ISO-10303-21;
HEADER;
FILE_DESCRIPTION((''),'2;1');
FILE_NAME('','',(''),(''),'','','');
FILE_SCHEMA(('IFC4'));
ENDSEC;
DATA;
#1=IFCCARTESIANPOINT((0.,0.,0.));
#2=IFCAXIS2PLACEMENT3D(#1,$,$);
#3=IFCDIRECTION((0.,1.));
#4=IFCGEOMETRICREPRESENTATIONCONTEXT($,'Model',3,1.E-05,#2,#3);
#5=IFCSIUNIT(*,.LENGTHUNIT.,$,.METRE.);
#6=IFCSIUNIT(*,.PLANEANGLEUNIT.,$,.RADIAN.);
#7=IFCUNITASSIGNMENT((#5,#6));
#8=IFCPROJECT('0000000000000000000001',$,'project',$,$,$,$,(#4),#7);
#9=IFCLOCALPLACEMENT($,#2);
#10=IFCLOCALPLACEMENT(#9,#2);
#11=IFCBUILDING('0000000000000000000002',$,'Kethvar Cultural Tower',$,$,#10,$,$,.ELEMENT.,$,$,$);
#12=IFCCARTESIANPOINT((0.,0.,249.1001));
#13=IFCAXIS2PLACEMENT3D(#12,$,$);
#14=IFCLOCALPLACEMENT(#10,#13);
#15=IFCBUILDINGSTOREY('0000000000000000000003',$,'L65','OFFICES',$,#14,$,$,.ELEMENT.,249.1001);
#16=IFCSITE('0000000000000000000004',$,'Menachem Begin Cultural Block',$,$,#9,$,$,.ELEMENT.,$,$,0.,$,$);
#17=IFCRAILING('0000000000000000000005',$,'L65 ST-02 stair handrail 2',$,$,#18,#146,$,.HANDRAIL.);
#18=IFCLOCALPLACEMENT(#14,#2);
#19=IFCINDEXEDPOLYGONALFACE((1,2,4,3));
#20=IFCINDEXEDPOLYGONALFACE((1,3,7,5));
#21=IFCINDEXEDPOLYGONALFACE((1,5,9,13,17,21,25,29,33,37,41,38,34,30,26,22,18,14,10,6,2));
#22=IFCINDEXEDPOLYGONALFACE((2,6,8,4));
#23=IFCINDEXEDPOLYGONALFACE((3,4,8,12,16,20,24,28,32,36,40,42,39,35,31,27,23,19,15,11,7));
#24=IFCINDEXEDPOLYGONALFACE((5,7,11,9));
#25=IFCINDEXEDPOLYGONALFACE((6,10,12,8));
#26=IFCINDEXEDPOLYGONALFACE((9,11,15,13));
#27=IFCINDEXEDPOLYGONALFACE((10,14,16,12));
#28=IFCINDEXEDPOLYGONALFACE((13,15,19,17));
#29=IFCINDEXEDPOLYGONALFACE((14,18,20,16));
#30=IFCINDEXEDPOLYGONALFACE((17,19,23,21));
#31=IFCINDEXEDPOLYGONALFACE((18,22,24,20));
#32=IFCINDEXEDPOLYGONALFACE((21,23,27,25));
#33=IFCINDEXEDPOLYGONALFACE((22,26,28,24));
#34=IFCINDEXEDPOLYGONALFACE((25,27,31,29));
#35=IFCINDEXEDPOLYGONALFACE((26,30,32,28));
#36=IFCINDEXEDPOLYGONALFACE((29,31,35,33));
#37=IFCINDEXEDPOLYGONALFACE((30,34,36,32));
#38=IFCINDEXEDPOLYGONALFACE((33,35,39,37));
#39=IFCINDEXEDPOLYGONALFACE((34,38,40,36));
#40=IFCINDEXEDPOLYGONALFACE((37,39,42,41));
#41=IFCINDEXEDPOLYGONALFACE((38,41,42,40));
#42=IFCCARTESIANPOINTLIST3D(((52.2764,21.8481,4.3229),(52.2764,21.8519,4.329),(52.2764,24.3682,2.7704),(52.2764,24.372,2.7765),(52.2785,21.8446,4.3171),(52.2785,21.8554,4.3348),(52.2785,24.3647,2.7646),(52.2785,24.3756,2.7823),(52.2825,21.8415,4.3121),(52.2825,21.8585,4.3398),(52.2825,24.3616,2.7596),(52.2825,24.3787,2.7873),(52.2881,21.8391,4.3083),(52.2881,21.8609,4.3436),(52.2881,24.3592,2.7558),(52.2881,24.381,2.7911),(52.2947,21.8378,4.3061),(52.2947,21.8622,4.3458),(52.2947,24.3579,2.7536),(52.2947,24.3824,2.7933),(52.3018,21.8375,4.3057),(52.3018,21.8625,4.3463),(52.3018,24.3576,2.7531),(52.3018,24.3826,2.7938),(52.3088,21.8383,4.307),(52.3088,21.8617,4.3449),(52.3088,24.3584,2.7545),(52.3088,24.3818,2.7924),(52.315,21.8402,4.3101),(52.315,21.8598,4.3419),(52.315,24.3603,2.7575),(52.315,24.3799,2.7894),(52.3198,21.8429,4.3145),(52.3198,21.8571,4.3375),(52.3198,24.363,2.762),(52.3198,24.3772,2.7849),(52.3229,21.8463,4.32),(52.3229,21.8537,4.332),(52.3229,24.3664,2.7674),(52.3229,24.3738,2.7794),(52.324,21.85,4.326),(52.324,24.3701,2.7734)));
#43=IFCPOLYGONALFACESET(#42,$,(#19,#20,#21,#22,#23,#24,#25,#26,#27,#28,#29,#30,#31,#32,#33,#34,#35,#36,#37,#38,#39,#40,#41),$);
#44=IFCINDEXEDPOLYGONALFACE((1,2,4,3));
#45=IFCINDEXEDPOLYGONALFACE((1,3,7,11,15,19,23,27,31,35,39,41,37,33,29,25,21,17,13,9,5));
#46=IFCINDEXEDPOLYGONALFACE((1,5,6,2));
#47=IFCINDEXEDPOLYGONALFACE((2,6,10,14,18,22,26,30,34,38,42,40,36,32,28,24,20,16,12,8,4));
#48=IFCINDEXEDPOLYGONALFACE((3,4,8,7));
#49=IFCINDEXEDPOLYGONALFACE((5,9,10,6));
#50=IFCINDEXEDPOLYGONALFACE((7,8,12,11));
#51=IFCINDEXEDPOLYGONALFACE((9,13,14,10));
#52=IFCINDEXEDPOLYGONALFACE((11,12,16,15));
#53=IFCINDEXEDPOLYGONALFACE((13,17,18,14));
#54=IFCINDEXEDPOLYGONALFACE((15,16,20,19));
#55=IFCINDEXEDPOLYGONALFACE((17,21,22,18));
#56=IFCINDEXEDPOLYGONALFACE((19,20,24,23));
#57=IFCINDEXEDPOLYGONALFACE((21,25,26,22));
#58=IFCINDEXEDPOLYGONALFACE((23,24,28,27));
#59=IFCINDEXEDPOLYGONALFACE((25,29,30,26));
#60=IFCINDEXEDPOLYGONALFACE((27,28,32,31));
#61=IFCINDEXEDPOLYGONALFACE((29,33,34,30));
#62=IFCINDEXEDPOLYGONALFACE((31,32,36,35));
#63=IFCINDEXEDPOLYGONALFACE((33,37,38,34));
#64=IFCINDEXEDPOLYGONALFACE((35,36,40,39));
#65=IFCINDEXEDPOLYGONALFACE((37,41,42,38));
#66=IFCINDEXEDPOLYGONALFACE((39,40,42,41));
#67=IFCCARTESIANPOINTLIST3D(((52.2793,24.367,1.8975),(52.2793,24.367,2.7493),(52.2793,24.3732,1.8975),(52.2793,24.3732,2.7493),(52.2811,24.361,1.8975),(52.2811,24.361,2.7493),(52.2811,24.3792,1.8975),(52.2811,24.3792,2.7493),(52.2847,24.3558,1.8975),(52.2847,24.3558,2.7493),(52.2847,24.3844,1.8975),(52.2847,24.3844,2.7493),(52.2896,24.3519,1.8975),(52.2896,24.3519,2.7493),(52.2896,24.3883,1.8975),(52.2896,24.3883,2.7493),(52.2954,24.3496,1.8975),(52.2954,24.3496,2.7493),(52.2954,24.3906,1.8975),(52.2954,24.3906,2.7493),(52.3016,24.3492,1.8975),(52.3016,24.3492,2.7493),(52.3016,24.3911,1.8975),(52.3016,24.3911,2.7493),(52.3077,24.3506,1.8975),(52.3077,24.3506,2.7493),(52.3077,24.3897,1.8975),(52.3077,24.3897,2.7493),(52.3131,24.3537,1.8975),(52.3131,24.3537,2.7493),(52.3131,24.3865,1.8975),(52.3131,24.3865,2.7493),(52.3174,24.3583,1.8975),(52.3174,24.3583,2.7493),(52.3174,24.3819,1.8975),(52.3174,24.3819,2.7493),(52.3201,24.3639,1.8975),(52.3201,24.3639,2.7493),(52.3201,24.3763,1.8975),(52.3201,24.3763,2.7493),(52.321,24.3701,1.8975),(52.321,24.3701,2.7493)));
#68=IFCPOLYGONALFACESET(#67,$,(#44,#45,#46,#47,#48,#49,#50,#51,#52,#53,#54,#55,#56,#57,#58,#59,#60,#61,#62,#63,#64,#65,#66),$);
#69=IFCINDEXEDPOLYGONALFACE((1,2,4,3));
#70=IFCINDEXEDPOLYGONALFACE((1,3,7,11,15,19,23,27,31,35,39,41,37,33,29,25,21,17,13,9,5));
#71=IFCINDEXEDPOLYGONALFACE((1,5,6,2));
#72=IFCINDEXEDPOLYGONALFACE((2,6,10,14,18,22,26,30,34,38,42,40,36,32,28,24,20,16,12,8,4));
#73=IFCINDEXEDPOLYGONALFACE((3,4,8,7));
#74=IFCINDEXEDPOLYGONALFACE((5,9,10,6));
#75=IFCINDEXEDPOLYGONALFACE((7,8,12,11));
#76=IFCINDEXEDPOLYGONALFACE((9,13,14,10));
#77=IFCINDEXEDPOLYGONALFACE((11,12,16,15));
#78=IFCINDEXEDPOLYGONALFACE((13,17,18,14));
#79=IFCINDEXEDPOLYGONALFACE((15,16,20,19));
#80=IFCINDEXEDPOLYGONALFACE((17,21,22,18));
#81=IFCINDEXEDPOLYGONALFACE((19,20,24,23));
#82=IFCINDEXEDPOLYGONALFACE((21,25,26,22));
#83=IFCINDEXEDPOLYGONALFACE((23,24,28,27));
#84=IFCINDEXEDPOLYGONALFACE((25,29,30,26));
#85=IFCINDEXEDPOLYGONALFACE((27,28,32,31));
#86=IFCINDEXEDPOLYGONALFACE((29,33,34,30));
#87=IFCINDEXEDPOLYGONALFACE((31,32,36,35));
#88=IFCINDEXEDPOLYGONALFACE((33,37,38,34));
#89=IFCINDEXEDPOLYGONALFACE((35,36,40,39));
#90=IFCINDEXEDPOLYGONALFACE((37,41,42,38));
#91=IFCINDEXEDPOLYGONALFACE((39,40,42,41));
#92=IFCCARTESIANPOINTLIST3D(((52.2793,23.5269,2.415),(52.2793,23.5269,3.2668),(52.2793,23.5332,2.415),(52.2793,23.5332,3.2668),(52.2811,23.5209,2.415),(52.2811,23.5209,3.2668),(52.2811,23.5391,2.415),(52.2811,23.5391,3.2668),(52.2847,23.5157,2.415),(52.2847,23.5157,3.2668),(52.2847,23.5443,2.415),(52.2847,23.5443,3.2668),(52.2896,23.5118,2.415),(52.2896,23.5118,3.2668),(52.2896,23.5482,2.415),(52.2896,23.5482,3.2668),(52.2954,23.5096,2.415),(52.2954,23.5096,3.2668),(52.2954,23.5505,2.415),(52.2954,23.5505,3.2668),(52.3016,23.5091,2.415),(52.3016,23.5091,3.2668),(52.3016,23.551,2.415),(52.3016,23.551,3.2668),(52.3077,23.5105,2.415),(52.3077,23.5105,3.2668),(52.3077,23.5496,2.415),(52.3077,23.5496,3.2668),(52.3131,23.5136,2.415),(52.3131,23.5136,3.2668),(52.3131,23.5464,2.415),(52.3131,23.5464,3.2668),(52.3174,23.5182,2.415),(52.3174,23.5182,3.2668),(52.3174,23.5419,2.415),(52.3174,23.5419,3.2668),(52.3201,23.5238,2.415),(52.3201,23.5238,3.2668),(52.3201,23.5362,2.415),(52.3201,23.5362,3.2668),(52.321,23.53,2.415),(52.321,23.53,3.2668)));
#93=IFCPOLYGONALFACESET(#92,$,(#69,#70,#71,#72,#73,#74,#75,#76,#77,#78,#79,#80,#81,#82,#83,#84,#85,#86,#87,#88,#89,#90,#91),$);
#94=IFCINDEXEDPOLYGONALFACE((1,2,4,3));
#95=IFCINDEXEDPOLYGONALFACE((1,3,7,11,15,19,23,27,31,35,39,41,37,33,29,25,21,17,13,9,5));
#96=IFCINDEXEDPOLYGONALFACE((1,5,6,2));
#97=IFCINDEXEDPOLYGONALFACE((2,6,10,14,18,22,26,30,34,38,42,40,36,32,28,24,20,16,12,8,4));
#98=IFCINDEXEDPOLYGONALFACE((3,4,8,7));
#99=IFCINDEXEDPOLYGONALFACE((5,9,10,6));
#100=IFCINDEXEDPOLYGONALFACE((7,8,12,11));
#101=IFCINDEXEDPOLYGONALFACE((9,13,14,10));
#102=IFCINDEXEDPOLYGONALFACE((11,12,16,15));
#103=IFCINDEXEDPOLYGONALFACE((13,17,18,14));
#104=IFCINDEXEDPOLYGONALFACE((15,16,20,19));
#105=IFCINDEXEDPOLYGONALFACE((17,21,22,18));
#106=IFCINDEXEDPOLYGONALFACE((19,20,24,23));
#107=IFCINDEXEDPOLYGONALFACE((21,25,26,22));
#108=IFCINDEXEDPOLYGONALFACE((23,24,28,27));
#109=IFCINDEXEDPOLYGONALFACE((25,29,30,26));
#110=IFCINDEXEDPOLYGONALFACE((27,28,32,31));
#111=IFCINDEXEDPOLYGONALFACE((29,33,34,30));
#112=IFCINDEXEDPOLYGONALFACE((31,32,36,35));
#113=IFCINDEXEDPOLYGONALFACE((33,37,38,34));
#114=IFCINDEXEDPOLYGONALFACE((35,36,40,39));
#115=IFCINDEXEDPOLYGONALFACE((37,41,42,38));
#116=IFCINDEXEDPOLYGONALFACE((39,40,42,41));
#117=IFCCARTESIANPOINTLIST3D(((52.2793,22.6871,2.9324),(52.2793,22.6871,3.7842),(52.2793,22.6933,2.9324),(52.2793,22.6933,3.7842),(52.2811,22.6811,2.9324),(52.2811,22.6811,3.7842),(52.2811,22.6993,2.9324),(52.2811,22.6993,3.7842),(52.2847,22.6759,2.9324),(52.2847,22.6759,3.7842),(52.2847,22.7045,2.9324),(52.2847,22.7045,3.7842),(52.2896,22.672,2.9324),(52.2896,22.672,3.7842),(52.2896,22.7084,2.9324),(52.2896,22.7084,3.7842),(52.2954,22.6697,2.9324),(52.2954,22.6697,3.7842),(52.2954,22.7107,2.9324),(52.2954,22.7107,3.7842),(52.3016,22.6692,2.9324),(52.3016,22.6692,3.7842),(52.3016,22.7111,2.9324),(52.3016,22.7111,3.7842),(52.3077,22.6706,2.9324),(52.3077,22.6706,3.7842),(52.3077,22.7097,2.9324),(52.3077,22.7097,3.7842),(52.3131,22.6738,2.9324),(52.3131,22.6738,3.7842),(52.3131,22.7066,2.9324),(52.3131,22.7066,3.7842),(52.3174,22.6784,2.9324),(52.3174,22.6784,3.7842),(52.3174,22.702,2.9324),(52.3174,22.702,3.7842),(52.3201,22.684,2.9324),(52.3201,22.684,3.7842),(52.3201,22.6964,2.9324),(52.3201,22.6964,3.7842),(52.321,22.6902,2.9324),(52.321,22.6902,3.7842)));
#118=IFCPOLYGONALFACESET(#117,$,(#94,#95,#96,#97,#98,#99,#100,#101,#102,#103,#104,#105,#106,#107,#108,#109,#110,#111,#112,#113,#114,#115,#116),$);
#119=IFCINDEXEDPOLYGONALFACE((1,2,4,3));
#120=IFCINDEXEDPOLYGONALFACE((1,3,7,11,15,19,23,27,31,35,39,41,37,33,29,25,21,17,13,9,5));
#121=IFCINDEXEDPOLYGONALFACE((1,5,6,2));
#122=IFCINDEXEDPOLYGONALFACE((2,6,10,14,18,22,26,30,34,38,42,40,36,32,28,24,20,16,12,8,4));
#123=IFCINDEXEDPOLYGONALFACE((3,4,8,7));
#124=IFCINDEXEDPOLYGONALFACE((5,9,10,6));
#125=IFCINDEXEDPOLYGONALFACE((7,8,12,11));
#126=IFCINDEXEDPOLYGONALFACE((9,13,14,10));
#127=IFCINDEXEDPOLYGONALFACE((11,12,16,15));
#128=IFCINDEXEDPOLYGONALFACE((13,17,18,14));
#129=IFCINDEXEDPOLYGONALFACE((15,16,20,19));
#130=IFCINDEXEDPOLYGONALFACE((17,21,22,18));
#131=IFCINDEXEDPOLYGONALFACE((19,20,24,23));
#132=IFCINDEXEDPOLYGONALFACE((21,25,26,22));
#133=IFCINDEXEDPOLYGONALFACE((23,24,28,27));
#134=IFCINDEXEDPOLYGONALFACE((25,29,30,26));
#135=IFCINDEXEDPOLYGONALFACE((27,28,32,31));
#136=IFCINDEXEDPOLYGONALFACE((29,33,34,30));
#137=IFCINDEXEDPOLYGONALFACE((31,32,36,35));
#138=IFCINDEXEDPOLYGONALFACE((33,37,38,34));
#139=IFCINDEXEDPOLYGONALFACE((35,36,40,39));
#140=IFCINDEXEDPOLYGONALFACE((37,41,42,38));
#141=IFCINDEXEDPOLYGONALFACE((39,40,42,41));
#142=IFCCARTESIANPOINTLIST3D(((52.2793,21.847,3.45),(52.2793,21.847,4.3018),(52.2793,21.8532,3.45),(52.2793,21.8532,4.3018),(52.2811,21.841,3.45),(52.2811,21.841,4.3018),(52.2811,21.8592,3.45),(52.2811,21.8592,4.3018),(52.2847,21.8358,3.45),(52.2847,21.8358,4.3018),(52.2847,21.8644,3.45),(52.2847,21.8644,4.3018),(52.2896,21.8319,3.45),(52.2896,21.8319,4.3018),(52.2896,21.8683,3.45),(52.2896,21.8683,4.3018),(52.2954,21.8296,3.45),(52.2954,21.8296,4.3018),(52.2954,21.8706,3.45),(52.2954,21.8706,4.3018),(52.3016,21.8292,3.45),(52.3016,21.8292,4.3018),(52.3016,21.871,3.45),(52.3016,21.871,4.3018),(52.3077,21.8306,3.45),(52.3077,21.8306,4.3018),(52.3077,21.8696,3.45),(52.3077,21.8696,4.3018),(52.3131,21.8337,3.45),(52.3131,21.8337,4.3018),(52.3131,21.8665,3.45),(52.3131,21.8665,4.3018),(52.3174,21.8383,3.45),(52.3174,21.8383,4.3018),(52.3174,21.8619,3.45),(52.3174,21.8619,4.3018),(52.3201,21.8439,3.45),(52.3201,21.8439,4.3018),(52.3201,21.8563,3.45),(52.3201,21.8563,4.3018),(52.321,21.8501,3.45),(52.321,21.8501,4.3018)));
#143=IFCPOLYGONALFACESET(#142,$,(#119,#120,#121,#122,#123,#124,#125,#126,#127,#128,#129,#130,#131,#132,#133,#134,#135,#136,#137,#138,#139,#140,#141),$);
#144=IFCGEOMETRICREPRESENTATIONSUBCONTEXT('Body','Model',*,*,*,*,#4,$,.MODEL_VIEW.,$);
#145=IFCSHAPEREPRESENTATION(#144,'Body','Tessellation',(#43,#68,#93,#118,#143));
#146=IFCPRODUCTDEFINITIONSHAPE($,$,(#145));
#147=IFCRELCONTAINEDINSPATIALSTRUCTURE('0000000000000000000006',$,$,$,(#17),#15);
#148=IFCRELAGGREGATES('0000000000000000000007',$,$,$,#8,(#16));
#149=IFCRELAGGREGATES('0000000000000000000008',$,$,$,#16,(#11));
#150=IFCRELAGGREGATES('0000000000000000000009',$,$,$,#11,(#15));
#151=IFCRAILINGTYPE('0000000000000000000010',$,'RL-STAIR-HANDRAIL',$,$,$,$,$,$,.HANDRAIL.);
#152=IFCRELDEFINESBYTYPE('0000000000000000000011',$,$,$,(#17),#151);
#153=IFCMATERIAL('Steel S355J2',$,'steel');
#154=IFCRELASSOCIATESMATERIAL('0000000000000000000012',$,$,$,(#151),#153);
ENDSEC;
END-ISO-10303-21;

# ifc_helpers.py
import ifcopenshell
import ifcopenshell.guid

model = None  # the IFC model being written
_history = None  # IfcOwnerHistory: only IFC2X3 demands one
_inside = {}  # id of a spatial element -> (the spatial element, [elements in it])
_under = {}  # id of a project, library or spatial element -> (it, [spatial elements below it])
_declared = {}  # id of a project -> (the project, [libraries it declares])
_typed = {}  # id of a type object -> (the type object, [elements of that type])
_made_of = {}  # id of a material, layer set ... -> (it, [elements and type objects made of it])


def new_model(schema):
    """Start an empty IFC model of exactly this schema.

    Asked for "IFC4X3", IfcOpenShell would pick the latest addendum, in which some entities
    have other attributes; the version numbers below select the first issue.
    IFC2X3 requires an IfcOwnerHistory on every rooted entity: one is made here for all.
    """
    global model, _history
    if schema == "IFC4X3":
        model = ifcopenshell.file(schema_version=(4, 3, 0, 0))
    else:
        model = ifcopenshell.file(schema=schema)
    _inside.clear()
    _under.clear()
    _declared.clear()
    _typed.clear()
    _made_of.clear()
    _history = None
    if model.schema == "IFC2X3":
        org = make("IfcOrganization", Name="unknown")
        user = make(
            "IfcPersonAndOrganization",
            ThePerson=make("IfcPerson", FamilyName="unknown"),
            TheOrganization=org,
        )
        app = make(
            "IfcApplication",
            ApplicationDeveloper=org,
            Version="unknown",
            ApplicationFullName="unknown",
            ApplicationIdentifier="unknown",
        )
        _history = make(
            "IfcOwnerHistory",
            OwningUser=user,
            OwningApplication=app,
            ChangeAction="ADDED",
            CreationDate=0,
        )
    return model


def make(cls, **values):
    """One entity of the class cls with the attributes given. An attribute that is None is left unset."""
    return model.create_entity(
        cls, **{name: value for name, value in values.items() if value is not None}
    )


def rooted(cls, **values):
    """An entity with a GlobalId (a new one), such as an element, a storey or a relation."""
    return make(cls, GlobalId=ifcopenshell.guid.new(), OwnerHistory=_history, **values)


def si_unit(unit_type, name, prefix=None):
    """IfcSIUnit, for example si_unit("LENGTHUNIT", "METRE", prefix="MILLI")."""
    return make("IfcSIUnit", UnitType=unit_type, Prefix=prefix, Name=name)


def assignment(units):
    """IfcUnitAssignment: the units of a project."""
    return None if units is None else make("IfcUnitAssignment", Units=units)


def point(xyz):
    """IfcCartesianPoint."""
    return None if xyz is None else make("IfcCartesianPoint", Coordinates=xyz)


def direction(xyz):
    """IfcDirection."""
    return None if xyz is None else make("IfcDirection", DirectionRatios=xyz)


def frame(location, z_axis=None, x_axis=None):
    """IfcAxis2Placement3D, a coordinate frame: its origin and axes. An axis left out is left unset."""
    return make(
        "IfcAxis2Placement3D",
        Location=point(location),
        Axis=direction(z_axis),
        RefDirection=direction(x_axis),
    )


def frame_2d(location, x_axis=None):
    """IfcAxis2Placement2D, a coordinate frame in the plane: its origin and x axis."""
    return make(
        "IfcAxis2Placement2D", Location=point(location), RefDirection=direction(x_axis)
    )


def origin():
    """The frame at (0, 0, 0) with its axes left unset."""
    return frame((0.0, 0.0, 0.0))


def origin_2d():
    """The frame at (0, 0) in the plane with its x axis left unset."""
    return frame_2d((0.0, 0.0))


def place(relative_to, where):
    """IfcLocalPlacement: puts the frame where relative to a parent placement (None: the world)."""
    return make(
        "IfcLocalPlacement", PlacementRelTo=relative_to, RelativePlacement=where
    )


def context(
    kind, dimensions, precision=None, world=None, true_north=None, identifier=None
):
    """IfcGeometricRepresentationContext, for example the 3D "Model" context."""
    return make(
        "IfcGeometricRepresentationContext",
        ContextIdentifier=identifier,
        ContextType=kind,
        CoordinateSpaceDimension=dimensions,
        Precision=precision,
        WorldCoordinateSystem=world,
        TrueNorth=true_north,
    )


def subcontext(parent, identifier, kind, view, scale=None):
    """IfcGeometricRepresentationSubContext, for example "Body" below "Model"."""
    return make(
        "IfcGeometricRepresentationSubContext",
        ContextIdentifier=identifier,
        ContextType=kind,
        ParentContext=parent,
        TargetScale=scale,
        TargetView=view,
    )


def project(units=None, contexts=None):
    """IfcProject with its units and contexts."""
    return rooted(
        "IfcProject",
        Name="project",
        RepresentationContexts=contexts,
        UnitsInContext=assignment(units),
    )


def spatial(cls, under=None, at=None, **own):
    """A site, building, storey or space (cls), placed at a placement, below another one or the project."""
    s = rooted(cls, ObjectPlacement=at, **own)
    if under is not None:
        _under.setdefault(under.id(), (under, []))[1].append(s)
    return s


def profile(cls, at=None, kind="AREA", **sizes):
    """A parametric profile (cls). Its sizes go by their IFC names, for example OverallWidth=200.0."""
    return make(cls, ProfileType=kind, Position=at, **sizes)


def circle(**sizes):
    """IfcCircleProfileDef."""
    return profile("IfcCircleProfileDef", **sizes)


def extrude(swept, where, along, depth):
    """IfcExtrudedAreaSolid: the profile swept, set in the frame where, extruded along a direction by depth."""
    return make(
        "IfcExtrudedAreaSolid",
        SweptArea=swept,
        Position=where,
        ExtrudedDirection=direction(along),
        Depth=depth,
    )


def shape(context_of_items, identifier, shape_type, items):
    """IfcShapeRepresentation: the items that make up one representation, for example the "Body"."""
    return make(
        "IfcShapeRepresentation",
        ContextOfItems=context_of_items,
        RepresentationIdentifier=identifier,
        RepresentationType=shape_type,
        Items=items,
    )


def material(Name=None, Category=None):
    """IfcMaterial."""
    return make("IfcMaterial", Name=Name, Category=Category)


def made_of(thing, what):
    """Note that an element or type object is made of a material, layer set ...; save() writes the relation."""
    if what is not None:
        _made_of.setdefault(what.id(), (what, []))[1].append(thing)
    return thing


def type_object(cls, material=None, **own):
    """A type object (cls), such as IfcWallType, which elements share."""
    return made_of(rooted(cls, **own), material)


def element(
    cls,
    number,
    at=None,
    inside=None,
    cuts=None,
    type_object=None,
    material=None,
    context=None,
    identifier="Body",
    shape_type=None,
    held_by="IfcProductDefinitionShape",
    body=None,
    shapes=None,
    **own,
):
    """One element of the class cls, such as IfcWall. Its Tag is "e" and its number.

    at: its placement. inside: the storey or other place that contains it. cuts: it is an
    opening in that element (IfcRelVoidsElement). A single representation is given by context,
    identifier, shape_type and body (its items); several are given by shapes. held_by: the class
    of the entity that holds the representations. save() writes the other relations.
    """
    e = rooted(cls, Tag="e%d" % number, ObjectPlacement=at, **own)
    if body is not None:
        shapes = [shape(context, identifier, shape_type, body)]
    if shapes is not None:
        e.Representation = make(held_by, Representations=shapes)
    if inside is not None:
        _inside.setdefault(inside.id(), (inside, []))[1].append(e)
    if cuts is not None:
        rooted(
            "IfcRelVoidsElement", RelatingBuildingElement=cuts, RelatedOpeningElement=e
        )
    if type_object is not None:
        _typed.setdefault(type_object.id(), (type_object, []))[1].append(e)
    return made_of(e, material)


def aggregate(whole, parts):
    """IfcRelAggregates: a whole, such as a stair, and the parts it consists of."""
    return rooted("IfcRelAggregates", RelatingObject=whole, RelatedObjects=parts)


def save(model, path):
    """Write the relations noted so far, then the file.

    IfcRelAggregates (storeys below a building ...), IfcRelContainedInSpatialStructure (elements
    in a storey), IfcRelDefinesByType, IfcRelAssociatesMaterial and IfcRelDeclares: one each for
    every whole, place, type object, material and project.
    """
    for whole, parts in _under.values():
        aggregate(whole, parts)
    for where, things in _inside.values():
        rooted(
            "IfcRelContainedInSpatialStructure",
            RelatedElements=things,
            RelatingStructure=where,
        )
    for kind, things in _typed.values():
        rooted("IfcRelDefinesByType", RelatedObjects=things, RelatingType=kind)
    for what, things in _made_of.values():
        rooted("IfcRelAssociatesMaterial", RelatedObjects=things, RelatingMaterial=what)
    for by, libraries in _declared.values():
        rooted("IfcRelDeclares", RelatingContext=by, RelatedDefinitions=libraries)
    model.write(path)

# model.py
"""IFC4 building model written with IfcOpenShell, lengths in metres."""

from ifc_helpers import new_model, si_unit, direction, frame, origin, origin_2d, place, context, subcontext, project, spatial, circle, extrude, material, type_object, element, save


model = new_model("IFC4")

# Units and contexts
model_context = context("Model", 3, precision=1e-05, world=origin(), true_north=direction((0.0, 1.0)))
body_context = subcontext(model_context, "Body", "Model", "MODEL_VIEW")
ifc_project = project(units=[si_unit("LENGTHUNIT", "METRE"), si_unit("PLANEANGLEUNIT", "RADIAN")], contexts=[model_context])

# Site, building, storey
site_placement = place(None, origin())
site = spatial("IfcSite", under=ifc_project, at=site_placement, Name="Menachem Begin Cultural Block", CompositionType="ELEMENT", RefElevation=0.0)
building_placement = place(site_placement, origin())
building = spatial("IfcBuilding", under=site, at=building_placement, Name="Kethvar Cultural Tower", CompositionType="ELEMENT")
storey_placement = place(building_placement, frame((0.0, 0.0, 249.1001)))
storey = spatial("IfcBuildingStorey", under=building, at=storey_placement, Name="L65", Description="OFFICES", CompositionType="ELEMENT", Elevation=249.1001)

# Shared definitions
ifc_material_1 = material(Name="Steel S355J2", Category="steel")

# Railing
railing_type_1 = type_object("IfcRailingType", Name="RL-STAIR-HANDRAIL", PredefinedType="HANDRAIL", material=ifc_material_1)
railing_1_placement = place(storey_placement, frame((52.3, 24.3701, 1.8975)))
element("IfcRailing", 1, at=railing_1_placement, inside=storey, type_object=railing_type_1, Name="L65 ST-02 stair handrail 2", PredefinedType="HANDRAIL", context=body_context, shape_type="SweptSolid", body=[
    extrude(circle(Radius=0.0239, at=origin_2d()), frame((0.0, 0.0, 0.876), z_axis=(0.0, -0.8514, 0.524516), x_axis=(1.0, 0.0, 0.0)), (0.0, 0.0, 1.0), 2.96),
    extrude(circle(Radius=0.021, at=origin_2d()), origin(), (0.0, 0.0, 1.0), 0.8518),
    extrude(circle(Radius=0.021, at=origin_2d()), frame((0.0, -0.8401, 0.5176)), (0.0, 0.0, 1.0), 0.8518),
    extrude(circle(Radius=0.021, at=origin_2d()), frame((0.0, -1.6799, 1.0349)), (0.0, 0.0, 1.0), 0.8518),
    extrude(circle(Radius=0.021, at=origin_2d()), frame((0.0, -2.52, 1.5525)), (0.0, 0.0, 1.0), 0.8518),
])

save(model, "model.ifc")
